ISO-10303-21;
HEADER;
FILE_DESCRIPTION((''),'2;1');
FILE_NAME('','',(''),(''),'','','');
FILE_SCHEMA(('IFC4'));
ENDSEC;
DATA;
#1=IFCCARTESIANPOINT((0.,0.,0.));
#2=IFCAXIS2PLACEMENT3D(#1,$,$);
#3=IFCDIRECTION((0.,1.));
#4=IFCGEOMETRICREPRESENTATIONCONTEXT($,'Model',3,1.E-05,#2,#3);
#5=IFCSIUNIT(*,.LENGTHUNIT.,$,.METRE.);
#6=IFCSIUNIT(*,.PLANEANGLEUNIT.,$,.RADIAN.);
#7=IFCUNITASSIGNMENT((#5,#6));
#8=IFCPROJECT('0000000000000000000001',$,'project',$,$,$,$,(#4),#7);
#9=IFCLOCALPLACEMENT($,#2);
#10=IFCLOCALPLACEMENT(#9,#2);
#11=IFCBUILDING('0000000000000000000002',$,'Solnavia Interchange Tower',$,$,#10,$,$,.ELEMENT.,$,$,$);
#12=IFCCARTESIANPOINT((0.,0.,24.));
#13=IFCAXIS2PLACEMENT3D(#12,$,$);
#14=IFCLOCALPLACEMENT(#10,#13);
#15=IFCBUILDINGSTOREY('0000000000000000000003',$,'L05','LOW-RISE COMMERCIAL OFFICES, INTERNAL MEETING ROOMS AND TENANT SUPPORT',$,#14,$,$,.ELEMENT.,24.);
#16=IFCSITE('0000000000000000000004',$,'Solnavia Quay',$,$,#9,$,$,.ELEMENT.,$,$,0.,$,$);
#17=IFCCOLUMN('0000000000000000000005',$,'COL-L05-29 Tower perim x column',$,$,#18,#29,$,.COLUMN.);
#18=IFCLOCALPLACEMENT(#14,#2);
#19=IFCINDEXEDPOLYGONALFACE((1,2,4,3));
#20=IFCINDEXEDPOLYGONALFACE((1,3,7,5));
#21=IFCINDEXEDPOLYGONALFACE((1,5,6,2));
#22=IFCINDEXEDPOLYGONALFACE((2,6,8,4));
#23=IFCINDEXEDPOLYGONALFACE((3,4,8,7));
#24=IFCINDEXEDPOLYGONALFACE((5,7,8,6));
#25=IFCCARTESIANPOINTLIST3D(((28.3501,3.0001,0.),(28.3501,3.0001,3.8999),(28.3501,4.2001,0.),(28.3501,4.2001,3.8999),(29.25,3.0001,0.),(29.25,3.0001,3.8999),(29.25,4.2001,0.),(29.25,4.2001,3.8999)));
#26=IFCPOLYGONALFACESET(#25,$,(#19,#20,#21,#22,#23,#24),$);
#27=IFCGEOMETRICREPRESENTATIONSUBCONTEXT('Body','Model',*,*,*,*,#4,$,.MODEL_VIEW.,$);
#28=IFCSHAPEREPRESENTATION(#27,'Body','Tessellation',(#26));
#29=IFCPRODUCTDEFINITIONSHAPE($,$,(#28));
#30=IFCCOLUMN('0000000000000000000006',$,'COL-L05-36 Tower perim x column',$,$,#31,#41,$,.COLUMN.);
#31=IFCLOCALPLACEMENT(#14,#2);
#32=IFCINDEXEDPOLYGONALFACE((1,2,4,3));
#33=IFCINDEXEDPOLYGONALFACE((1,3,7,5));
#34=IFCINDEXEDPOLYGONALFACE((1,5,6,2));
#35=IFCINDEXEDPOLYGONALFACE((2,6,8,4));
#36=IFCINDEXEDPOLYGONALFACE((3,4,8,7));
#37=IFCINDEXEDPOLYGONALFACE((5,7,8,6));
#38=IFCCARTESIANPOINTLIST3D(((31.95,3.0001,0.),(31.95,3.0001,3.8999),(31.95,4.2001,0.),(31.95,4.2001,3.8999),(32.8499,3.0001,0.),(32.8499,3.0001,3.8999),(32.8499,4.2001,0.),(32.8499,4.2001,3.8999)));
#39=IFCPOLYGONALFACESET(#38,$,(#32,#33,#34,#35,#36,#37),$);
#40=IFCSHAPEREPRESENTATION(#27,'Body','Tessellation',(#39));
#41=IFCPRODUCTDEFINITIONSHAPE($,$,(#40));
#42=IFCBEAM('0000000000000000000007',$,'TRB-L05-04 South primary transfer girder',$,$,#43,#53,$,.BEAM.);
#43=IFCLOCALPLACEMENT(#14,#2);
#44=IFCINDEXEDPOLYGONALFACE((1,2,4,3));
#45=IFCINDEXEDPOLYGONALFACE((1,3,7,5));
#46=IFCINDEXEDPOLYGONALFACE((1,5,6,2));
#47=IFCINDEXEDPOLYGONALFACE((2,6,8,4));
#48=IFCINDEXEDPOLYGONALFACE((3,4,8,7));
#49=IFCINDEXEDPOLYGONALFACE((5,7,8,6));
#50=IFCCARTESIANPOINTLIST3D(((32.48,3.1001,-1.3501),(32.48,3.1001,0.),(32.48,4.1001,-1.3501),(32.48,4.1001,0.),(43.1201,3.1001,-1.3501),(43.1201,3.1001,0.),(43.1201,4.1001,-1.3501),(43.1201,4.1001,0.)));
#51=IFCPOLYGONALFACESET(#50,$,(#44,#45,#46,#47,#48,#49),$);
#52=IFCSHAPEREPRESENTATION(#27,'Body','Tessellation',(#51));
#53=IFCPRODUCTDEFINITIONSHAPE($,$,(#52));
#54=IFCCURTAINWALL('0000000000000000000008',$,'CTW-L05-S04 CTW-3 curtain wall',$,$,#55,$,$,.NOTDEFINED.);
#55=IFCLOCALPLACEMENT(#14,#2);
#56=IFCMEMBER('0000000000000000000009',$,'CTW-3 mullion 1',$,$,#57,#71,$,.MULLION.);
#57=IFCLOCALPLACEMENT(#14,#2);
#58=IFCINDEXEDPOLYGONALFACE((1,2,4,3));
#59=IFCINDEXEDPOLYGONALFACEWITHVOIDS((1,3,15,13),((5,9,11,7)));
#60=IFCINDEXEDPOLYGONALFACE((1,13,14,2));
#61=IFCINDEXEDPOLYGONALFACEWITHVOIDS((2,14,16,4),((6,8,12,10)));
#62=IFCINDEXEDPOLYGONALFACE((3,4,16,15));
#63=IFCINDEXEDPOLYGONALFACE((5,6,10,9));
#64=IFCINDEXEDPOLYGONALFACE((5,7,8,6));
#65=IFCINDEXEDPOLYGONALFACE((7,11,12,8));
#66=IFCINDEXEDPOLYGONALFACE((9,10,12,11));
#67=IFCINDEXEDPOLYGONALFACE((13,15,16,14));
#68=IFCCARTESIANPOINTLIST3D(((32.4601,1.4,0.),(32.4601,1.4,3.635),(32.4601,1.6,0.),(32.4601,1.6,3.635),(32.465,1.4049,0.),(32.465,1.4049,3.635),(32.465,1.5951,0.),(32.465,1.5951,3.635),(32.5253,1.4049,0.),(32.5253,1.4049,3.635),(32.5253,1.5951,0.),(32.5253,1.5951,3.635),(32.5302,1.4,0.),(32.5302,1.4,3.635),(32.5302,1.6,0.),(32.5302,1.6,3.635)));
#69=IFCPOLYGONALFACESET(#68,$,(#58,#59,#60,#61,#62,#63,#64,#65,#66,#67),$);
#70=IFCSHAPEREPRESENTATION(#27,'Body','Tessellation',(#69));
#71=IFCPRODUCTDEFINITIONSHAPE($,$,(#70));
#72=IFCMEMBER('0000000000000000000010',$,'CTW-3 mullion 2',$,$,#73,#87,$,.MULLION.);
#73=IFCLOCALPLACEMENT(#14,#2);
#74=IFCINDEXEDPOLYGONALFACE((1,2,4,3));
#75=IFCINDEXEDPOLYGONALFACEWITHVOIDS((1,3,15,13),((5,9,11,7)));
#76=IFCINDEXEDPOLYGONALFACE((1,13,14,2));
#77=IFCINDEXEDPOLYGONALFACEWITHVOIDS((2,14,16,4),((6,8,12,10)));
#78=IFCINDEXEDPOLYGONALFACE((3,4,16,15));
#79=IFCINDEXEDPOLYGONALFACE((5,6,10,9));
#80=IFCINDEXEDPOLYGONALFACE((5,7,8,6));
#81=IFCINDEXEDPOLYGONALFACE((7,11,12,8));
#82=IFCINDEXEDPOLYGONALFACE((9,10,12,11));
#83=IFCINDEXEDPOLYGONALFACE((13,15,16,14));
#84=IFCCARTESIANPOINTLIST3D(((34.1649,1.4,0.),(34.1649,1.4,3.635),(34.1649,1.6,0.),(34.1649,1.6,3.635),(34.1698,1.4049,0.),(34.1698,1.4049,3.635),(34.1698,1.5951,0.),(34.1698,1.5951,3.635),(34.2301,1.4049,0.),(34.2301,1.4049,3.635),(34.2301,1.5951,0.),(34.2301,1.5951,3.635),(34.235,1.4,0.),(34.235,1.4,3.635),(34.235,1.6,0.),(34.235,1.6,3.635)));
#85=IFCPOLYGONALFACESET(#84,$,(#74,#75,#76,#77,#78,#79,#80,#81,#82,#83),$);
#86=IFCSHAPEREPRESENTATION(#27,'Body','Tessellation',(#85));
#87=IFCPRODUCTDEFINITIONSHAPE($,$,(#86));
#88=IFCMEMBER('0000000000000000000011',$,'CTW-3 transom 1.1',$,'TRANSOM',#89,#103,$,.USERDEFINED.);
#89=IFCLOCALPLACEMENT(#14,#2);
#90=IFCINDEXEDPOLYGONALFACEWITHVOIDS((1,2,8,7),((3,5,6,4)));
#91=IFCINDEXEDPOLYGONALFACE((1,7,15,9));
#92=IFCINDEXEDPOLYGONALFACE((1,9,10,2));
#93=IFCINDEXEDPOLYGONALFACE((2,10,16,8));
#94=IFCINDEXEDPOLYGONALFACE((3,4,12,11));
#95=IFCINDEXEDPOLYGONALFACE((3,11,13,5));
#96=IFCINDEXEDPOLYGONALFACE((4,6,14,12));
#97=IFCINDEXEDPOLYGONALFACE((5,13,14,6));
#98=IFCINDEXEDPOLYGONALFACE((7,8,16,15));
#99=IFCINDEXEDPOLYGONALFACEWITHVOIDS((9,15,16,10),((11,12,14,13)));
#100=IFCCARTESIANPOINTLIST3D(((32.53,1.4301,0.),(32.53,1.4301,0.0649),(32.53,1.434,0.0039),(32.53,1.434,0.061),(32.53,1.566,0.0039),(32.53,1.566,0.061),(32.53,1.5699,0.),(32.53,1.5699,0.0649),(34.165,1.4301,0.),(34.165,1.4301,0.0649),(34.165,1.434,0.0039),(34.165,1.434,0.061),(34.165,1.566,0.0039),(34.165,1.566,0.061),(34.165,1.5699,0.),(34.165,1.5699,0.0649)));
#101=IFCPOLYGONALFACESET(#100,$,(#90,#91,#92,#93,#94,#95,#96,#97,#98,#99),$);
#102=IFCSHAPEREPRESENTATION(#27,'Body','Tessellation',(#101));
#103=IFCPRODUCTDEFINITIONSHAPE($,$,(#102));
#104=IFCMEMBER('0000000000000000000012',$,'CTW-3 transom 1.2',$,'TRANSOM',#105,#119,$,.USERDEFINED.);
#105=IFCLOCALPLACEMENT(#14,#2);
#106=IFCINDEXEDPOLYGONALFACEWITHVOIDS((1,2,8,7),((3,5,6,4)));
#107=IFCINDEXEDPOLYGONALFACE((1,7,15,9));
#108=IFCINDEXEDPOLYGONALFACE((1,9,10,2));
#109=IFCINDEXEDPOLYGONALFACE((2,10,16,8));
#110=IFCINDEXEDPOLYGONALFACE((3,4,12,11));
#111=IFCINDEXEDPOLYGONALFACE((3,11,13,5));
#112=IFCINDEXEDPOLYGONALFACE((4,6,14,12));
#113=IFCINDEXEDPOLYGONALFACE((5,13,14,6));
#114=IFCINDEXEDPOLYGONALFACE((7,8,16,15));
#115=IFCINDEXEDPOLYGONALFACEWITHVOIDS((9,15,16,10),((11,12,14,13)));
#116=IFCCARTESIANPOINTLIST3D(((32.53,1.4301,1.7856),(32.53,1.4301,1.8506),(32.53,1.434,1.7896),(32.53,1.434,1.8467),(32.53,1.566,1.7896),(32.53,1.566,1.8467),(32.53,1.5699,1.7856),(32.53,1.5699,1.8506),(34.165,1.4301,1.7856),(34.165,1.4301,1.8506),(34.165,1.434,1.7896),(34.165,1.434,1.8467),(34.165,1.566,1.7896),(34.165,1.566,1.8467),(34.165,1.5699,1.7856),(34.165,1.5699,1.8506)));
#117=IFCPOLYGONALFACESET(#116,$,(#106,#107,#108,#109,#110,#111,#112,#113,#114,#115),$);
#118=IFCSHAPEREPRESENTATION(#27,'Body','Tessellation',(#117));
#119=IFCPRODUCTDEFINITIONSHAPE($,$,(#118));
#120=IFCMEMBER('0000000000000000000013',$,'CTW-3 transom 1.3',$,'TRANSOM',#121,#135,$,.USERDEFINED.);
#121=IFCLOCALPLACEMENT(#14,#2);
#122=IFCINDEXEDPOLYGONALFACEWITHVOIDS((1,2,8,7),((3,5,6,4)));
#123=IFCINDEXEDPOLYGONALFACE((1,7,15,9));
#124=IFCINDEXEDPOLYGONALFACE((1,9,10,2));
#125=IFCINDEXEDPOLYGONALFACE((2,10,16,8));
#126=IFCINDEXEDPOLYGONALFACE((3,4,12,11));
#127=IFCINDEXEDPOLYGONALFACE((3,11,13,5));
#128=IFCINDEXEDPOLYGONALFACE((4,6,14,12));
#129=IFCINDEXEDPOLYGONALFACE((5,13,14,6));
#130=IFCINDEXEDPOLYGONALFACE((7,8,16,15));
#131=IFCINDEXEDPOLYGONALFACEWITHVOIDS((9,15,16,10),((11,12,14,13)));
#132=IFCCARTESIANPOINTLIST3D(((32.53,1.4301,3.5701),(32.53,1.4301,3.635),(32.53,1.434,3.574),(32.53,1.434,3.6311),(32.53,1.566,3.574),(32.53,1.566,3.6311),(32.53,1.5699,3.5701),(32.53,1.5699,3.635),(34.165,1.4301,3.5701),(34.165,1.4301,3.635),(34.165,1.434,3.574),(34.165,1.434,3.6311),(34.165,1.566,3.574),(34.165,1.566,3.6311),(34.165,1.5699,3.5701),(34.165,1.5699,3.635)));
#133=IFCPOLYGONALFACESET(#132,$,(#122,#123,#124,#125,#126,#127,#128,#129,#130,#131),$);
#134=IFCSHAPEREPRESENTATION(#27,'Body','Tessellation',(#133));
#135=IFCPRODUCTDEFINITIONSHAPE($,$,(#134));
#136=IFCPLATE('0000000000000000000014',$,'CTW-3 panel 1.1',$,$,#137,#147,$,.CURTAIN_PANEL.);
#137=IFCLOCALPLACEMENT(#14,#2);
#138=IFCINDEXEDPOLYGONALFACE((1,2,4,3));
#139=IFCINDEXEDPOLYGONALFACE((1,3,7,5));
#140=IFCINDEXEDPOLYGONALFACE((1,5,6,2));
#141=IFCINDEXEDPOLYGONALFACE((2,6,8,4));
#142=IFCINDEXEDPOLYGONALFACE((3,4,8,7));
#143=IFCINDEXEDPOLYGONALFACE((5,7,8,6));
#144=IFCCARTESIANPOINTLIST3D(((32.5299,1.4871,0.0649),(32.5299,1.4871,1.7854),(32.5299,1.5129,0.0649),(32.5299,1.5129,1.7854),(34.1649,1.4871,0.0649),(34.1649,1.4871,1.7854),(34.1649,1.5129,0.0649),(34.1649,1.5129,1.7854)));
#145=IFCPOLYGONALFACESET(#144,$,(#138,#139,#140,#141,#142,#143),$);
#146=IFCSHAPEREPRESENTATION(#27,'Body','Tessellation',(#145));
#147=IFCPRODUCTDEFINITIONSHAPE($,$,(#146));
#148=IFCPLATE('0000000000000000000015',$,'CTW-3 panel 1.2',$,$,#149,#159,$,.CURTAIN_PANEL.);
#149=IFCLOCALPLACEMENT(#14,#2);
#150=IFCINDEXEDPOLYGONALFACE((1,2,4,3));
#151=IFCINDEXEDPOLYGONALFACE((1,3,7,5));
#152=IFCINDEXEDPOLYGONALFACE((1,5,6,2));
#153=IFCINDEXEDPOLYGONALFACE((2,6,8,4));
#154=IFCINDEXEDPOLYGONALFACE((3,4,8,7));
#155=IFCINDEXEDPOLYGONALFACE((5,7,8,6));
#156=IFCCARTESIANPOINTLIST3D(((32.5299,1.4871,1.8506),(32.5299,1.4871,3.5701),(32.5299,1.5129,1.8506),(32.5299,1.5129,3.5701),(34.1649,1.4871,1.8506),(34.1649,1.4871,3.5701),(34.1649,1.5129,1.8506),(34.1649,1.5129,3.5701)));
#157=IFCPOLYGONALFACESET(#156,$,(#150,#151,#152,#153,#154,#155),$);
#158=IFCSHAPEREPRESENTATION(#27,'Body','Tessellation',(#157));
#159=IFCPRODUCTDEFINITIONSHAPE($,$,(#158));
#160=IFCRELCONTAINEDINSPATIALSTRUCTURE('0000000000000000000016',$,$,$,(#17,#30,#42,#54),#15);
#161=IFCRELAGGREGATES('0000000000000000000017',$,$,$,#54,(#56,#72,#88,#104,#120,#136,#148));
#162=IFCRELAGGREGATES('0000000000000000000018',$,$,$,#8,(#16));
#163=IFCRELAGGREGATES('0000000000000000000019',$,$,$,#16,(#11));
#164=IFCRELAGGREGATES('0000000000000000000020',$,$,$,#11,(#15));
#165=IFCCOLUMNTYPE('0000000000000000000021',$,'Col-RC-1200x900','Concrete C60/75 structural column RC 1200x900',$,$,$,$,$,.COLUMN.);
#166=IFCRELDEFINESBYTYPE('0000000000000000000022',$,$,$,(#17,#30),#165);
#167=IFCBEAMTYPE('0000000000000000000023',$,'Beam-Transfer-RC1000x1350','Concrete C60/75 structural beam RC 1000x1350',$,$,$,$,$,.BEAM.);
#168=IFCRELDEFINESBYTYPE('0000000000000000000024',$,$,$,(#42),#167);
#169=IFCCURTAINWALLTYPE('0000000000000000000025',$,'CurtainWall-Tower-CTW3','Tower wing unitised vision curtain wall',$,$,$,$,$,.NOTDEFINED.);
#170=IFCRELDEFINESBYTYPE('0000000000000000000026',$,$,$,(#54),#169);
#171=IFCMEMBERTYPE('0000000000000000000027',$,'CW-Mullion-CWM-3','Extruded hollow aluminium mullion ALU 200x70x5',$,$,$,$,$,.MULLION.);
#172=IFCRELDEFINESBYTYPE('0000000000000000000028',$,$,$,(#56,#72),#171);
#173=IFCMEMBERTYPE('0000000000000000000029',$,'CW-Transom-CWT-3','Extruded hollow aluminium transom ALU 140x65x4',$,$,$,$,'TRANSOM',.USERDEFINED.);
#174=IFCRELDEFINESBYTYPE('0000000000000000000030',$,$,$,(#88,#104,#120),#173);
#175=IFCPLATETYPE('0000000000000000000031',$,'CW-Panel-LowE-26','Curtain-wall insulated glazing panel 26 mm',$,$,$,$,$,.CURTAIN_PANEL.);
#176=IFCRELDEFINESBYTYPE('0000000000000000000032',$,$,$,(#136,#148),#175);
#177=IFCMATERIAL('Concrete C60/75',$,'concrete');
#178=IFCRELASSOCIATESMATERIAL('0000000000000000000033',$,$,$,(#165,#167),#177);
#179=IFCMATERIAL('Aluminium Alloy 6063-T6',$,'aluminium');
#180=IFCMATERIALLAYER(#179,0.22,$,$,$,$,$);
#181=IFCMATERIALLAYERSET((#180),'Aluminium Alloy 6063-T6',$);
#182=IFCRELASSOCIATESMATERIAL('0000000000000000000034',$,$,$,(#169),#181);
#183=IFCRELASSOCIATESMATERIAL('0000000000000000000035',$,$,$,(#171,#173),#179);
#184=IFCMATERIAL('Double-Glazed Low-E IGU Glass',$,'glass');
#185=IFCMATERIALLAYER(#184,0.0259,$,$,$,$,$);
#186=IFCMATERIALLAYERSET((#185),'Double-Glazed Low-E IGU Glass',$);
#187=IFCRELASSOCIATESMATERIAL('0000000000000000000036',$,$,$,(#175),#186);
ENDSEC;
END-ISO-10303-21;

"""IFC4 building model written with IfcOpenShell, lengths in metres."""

from ifc_helpers import new_model, si_unit, direction, frame, origin, origin_2d, place, context, subcontext, project, spatial, rectangle, hollow_rectangle, extrude, material, layer, layer_set, material_profile, profile_set, type_object, element, aggregate, save


model = new_model("IFC4")

# Units and contexts
model_context = context("Model", 3, precision=1e-05, world=origin(), true_north=direction((0.0, 1.0)))
body_context = subcontext(model_context, "Body", "Model", "MODEL_VIEW")
ifc_project = project(units=[si_unit("LENGTHUNIT", "METRE"), si_unit("PLANEANGLEUNIT", "RADIAN")], contexts=[model_context])

# Site, building, storey
site_placement = place(None, origin())
site = spatial("IfcSite", under=ifc_project, at=site_placement, Name="Solnavia Quay", CompositionType="ELEMENT", RefElevation=0.0)
building_placement = place(site_placement, origin())
building = spatial("IfcBuilding", under=site, at=building_placement, Name="Solnavia Interchange Tower", CompositionType="ELEMENT")
storey_placement = place(building_placement, frame((0.0, 0.0, 24.0)))
storey = spatial("IfcBuildingStorey", under=building, at=storey_placement, Name="L05", Description="LOW-RISE COMMERCIAL OFFICES, INTERNAL MEETING ROOMS AND TENANT SUPPORT", CompositionType="ELEMENT", Elevation=24.0)

# Columns
ifc_material_1 = material(Name="Concrete C60/75", Category="concrete")
ifc_material_profile_1 = material_profile(ifc_material_1, rectangle(XDim=0.8999, YDim=1.2, at=origin_2d()), Name="RC 1200x900")
ifc_profile_set_1 = profile_set([ifc_material_profile_1], Name="Concrete C60/75")
column_type = type_object("IfcColumnType", Name="Col-RC-1200x900", Description="Concrete C60/75 structural column RC 1200x900", PredefinedType="COLUMN", material=ifc_profile_set_1)
for number, where, z_axis, x_axis, name in (
    (1, (28.8, 3.6001, 0.0), (0.0, 0.0, 1.0), (1.0, 0.0, 0.0), "COL-L05-29 Tower perim x column"),
    (2, (32.3999, 3.6001, 0.0), (0.0, 0.0, 1.0), (1.0, 0.0, 0.0), "COL-L05-36 Tower perim x column"),
):
    element("IfcColumn", number, at=place(storey_placement, frame(where, z_axis=z_axis, x_axis=x_axis)), inside=storey, type_object=column_type, Name=name, PredefinedType="COLUMN", context=body_context, shape_type="SweptSolid", body=[
        extrude(rectangle(XDim=0.8999, YDim=1.2, at=origin_2d()), origin(), (0.0, 0.0, 1.0), 3.8999),
    ])

# Beam
ifc_material_profile_2 = material_profile(ifc_material_1, rectangle(XDim=1.0, YDim=1.3501, at=origin_2d()), Name="RC 1000x1350")
ifc_profile_set_2 = profile_set([ifc_material_profile_2], Name="Concrete C60/75")
beam_type = type_object("IfcBeamType", Name="Beam-Transfer-RC1000x1350", Description="Concrete C60/75 structural beam RC 1000x1350", PredefinedType="BEAM", material=ifc_profile_set_2)
beam_placement = place(storey_placement, frame((32.48, 3.6001, -0.675), z_axis=(1.0, 0.0, 0.0), x_axis=(0.0, 1.0, 0.0)))
element("IfcBeam", 3, at=beam_placement, inside=storey, type_object=beam_type, Name="TRB-L05-04 South primary transfer girder", PredefinedType="BEAM", context=body_context, shape_type="SweptSolid", body=[
    extrude(rectangle(XDim=1.0, YDim=1.3501, at=origin_2d()), origin(), (0.0, 0.0, 1.0), 10.6401),
])

# Curtain wall, members, plates
ifc_material_2 = material(Name="Aluminium Alloy 6063-T6", Category="aluminium")
ifc_layer_1 = layer(ifc_material_2, 0.22)
ifc_layer_set_1 = layer_set([ifc_layer_1], Name="Aluminium Alloy 6063-T6")
curtain_wall_type = type_object("IfcCurtainWallType", Name="CurtainWall-Tower-CTW3", Description="Tower wing unitised vision curtain wall", PredefinedType="NOTDEFINED", material=ifc_layer_set_1)
curtain_wall_placement = place(storey_placement, origin())
curtain_wall = element("IfcCurtainWall", 4, at=curtain_wall_placement, inside=storey, type_object=curtain_wall_type, Name="CTW-L05-S04 CTW-3 curtain wall", PredefinedType="NOTDEFINED")
ifc_material_profile_3 = material_profile(ifc_material_2, hollow_rectangle(XDim=0.0701, YDim=0.2, WallThickness=0.0049, at=origin_2d()), Name="ALU 200x70x5")
ifc_profile_set_3 = profile_set([ifc_material_profile_3], Name="Aluminium Alloy 6063-T6")
member_type_1 = type_object("IfcMemberType", Name="CW-Mullion-CWM-3", Description="Extruded hollow aluminium mullion ALU 200x70x5", PredefinedType="MULLION", material=ifc_profile_set_3)
member_1_placement = place(storey_placement, frame((32.4951, 1.5, 0.0), z_axis=(0.0, 0.0, 1.0), x_axis=(1.0, 0.0, 0.0)))
member_1 = element("IfcMember", 5, at=member_1_placement, type_object=member_type_1, Name="CTW-3 mullion 1", PredefinedType="MULLION", context=body_context, shape_type="SweptSolid", body=[
    extrude(hollow_rectangle(XDim=0.0701, YDim=0.2, WallThickness=0.0049, at=origin_2d()), origin(), (0.0, 0.0, 1.0), 3.635),
])
member_2_placement = place(storey_placement, frame((34.2, 1.5, 0.0), z_axis=(0.0, 0.0, 1.0), x_axis=(1.0, 0.0, 0.0)))
member_2 = element("IfcMember", 6, at=member_2_placement, type_object=member_type_1, Name="CTW-3 mullion 2", PredefinedType="MULLION", context=body_context, shape_type="SweptSolid", body=[
    extrude(hollow_rectangle(XDim=0.0701, YDim=0.2, WallThickness=0.0049, at=origin_2d()), origin(), (0.0, 0.0, 1.0), 3.635),
])
ifc_material_profile_4 = material_profile(ifc_material_2, hollow_rectangle(XDim=0.0649, YDim=0.1399, WallThickness=0.0039, at=origin_2d()), Name="ALU 140x65x4")
ifc_profile_set_4 = profile_set([ifc_material_profile_4], Name="Aluminium Alloy 6063-T6")
member_type_2 = type_object("IfcMemberType", Name="CW-Transom-CWT-3", Description="Extruded hollow aluminium transom ALU 140x65x4", ElementType="TRANSOM", PredefinedType="USERDEFINED", material=ifc_profile_set_4)
member_3_placement = place(storey_placement, frame((32.53, 1.5, 0.0325), z_axis=(1.0, 0.0, 0.0), x_axis=(0.0, 0.0, 1.0)))
member_3 = element("IfcMember", 7, at=member_3_placement, type_object=member_type_2, Name="CTW-3 transom 1.1", ObjectType="TRANSOM", PredefinedType="USERDEFINED", context=body_context, shape_type="SweptSolid", body=[
    extrude(hollow_rectangle(XDim=0.0649, YDim=0.1399, WallThickness=0.0039, at=origin_2d()), origin(), (0.0, 0.0, 1.0), 1.635),
])
member_4_placement = place(storey_placement, frame((32.53, 1.5, 1.8181), z_axis=(1.0, 0.0, 0.0), x_axis=(0.0, 0.0, 1.0)))
member_4 = element("IfcMember", 8, at=member_4_placement, type_object=member_type_2, Name="CTW-3 transom 1.2", ObjectType="TRANSOM", PredefinedType="USERDEFINED", context=body_context, shape_type="SweptSolid", body=[
    extrude(hollow_rectangle(XDim=0.0649, YDim=0.1399, WallThickness=0.0039, at=origin_2d()), origin(), (0.0, 0.0, 1.0), 1.635),
])
member_5_placement = place(storey_placement, frame((32.53, 1.5, 3.6025), z_axis=(1.0, 0.0, 0.0), x_axis=(0.0, 0.0, 1.0)))
member_5 = element("IfcMember", 9, at=member_5_placement, type_object=member_type_2, Name="CTW-3 transom 1.3", ObjectType="TRANSOM", PredefinedType="USERDEFINED", context=body_context, shape_type="SweptSolid", body=[
    extrude(hollow_rectangle(XDim=0.0649, YDim=0.1399, WallThickness=0.0039, at=origin_2d()), origin(), (0.0, 0.0, 1.0), 1.635),
])
ifc_material_3 = material(Name="Double-Glazed Low-E IGU Glass", Category="glass")
ifc_layer_2 = layer(ifc_material_3, 0.0259)
ifc_layer_set_2 = layer_set([ifc_layer_2], Name="Double-Glazed Low-E IGU Glass")
plate_type = type_object("IfcPlateType", Name="CW-Panel-LowE-26", Description="Curtain-wall insulated glazing panel 26 mm", PredefinedType="CURTAIN_PANEL", material=ifc_layer_set_2)
plate_1_placement = place(storey_placement, frame((33.3474, 1.5, 0.0649), z_axis=(0.0, 0.0, 1.0), x_axis=(1.0, 0.0, 0.0)))
plate_1 = element("IfcPlate", 10, at=plate_1_placement, type_object=plate_type, Name="CTW-3 panel 1.1", PredefinedType="CURTAIN_PANEL", context=body_context, shape_type="SweptSolid", body=[
    extrude(rectangle(XDim=1.635, YDim=0.0259, at=origin_2d()), origin(), (0.0, 0.0, 1.0), 1.7205),
])
plate_2_placement = place(storey_placement, frame((33.3474, 1.5, 1.8506), z_axis=(0.0, 0.0, 1.0), x_axis=(1.0, 0.0, 0.0)))
plate_2 = element("IfcPlate", 11, at=plate_2_placement, type_object=plate_type, Name="CTW-3 panel 1.2", PredefinedType="CURTAIN_PANEL", context=body_context, shape_type="SweptSolid", body=[
    extrude(rectangle(XDim=1.635, YDim=0.0259, at=origin_2d()), origin(), (0.0, 0.0, 1.0), 1.7195),
])
aggregate(curtain_wall, [member_1, member_2, member_3, member_4, member_5, plate_1, plate_2])

save(model, "model.ifc")
